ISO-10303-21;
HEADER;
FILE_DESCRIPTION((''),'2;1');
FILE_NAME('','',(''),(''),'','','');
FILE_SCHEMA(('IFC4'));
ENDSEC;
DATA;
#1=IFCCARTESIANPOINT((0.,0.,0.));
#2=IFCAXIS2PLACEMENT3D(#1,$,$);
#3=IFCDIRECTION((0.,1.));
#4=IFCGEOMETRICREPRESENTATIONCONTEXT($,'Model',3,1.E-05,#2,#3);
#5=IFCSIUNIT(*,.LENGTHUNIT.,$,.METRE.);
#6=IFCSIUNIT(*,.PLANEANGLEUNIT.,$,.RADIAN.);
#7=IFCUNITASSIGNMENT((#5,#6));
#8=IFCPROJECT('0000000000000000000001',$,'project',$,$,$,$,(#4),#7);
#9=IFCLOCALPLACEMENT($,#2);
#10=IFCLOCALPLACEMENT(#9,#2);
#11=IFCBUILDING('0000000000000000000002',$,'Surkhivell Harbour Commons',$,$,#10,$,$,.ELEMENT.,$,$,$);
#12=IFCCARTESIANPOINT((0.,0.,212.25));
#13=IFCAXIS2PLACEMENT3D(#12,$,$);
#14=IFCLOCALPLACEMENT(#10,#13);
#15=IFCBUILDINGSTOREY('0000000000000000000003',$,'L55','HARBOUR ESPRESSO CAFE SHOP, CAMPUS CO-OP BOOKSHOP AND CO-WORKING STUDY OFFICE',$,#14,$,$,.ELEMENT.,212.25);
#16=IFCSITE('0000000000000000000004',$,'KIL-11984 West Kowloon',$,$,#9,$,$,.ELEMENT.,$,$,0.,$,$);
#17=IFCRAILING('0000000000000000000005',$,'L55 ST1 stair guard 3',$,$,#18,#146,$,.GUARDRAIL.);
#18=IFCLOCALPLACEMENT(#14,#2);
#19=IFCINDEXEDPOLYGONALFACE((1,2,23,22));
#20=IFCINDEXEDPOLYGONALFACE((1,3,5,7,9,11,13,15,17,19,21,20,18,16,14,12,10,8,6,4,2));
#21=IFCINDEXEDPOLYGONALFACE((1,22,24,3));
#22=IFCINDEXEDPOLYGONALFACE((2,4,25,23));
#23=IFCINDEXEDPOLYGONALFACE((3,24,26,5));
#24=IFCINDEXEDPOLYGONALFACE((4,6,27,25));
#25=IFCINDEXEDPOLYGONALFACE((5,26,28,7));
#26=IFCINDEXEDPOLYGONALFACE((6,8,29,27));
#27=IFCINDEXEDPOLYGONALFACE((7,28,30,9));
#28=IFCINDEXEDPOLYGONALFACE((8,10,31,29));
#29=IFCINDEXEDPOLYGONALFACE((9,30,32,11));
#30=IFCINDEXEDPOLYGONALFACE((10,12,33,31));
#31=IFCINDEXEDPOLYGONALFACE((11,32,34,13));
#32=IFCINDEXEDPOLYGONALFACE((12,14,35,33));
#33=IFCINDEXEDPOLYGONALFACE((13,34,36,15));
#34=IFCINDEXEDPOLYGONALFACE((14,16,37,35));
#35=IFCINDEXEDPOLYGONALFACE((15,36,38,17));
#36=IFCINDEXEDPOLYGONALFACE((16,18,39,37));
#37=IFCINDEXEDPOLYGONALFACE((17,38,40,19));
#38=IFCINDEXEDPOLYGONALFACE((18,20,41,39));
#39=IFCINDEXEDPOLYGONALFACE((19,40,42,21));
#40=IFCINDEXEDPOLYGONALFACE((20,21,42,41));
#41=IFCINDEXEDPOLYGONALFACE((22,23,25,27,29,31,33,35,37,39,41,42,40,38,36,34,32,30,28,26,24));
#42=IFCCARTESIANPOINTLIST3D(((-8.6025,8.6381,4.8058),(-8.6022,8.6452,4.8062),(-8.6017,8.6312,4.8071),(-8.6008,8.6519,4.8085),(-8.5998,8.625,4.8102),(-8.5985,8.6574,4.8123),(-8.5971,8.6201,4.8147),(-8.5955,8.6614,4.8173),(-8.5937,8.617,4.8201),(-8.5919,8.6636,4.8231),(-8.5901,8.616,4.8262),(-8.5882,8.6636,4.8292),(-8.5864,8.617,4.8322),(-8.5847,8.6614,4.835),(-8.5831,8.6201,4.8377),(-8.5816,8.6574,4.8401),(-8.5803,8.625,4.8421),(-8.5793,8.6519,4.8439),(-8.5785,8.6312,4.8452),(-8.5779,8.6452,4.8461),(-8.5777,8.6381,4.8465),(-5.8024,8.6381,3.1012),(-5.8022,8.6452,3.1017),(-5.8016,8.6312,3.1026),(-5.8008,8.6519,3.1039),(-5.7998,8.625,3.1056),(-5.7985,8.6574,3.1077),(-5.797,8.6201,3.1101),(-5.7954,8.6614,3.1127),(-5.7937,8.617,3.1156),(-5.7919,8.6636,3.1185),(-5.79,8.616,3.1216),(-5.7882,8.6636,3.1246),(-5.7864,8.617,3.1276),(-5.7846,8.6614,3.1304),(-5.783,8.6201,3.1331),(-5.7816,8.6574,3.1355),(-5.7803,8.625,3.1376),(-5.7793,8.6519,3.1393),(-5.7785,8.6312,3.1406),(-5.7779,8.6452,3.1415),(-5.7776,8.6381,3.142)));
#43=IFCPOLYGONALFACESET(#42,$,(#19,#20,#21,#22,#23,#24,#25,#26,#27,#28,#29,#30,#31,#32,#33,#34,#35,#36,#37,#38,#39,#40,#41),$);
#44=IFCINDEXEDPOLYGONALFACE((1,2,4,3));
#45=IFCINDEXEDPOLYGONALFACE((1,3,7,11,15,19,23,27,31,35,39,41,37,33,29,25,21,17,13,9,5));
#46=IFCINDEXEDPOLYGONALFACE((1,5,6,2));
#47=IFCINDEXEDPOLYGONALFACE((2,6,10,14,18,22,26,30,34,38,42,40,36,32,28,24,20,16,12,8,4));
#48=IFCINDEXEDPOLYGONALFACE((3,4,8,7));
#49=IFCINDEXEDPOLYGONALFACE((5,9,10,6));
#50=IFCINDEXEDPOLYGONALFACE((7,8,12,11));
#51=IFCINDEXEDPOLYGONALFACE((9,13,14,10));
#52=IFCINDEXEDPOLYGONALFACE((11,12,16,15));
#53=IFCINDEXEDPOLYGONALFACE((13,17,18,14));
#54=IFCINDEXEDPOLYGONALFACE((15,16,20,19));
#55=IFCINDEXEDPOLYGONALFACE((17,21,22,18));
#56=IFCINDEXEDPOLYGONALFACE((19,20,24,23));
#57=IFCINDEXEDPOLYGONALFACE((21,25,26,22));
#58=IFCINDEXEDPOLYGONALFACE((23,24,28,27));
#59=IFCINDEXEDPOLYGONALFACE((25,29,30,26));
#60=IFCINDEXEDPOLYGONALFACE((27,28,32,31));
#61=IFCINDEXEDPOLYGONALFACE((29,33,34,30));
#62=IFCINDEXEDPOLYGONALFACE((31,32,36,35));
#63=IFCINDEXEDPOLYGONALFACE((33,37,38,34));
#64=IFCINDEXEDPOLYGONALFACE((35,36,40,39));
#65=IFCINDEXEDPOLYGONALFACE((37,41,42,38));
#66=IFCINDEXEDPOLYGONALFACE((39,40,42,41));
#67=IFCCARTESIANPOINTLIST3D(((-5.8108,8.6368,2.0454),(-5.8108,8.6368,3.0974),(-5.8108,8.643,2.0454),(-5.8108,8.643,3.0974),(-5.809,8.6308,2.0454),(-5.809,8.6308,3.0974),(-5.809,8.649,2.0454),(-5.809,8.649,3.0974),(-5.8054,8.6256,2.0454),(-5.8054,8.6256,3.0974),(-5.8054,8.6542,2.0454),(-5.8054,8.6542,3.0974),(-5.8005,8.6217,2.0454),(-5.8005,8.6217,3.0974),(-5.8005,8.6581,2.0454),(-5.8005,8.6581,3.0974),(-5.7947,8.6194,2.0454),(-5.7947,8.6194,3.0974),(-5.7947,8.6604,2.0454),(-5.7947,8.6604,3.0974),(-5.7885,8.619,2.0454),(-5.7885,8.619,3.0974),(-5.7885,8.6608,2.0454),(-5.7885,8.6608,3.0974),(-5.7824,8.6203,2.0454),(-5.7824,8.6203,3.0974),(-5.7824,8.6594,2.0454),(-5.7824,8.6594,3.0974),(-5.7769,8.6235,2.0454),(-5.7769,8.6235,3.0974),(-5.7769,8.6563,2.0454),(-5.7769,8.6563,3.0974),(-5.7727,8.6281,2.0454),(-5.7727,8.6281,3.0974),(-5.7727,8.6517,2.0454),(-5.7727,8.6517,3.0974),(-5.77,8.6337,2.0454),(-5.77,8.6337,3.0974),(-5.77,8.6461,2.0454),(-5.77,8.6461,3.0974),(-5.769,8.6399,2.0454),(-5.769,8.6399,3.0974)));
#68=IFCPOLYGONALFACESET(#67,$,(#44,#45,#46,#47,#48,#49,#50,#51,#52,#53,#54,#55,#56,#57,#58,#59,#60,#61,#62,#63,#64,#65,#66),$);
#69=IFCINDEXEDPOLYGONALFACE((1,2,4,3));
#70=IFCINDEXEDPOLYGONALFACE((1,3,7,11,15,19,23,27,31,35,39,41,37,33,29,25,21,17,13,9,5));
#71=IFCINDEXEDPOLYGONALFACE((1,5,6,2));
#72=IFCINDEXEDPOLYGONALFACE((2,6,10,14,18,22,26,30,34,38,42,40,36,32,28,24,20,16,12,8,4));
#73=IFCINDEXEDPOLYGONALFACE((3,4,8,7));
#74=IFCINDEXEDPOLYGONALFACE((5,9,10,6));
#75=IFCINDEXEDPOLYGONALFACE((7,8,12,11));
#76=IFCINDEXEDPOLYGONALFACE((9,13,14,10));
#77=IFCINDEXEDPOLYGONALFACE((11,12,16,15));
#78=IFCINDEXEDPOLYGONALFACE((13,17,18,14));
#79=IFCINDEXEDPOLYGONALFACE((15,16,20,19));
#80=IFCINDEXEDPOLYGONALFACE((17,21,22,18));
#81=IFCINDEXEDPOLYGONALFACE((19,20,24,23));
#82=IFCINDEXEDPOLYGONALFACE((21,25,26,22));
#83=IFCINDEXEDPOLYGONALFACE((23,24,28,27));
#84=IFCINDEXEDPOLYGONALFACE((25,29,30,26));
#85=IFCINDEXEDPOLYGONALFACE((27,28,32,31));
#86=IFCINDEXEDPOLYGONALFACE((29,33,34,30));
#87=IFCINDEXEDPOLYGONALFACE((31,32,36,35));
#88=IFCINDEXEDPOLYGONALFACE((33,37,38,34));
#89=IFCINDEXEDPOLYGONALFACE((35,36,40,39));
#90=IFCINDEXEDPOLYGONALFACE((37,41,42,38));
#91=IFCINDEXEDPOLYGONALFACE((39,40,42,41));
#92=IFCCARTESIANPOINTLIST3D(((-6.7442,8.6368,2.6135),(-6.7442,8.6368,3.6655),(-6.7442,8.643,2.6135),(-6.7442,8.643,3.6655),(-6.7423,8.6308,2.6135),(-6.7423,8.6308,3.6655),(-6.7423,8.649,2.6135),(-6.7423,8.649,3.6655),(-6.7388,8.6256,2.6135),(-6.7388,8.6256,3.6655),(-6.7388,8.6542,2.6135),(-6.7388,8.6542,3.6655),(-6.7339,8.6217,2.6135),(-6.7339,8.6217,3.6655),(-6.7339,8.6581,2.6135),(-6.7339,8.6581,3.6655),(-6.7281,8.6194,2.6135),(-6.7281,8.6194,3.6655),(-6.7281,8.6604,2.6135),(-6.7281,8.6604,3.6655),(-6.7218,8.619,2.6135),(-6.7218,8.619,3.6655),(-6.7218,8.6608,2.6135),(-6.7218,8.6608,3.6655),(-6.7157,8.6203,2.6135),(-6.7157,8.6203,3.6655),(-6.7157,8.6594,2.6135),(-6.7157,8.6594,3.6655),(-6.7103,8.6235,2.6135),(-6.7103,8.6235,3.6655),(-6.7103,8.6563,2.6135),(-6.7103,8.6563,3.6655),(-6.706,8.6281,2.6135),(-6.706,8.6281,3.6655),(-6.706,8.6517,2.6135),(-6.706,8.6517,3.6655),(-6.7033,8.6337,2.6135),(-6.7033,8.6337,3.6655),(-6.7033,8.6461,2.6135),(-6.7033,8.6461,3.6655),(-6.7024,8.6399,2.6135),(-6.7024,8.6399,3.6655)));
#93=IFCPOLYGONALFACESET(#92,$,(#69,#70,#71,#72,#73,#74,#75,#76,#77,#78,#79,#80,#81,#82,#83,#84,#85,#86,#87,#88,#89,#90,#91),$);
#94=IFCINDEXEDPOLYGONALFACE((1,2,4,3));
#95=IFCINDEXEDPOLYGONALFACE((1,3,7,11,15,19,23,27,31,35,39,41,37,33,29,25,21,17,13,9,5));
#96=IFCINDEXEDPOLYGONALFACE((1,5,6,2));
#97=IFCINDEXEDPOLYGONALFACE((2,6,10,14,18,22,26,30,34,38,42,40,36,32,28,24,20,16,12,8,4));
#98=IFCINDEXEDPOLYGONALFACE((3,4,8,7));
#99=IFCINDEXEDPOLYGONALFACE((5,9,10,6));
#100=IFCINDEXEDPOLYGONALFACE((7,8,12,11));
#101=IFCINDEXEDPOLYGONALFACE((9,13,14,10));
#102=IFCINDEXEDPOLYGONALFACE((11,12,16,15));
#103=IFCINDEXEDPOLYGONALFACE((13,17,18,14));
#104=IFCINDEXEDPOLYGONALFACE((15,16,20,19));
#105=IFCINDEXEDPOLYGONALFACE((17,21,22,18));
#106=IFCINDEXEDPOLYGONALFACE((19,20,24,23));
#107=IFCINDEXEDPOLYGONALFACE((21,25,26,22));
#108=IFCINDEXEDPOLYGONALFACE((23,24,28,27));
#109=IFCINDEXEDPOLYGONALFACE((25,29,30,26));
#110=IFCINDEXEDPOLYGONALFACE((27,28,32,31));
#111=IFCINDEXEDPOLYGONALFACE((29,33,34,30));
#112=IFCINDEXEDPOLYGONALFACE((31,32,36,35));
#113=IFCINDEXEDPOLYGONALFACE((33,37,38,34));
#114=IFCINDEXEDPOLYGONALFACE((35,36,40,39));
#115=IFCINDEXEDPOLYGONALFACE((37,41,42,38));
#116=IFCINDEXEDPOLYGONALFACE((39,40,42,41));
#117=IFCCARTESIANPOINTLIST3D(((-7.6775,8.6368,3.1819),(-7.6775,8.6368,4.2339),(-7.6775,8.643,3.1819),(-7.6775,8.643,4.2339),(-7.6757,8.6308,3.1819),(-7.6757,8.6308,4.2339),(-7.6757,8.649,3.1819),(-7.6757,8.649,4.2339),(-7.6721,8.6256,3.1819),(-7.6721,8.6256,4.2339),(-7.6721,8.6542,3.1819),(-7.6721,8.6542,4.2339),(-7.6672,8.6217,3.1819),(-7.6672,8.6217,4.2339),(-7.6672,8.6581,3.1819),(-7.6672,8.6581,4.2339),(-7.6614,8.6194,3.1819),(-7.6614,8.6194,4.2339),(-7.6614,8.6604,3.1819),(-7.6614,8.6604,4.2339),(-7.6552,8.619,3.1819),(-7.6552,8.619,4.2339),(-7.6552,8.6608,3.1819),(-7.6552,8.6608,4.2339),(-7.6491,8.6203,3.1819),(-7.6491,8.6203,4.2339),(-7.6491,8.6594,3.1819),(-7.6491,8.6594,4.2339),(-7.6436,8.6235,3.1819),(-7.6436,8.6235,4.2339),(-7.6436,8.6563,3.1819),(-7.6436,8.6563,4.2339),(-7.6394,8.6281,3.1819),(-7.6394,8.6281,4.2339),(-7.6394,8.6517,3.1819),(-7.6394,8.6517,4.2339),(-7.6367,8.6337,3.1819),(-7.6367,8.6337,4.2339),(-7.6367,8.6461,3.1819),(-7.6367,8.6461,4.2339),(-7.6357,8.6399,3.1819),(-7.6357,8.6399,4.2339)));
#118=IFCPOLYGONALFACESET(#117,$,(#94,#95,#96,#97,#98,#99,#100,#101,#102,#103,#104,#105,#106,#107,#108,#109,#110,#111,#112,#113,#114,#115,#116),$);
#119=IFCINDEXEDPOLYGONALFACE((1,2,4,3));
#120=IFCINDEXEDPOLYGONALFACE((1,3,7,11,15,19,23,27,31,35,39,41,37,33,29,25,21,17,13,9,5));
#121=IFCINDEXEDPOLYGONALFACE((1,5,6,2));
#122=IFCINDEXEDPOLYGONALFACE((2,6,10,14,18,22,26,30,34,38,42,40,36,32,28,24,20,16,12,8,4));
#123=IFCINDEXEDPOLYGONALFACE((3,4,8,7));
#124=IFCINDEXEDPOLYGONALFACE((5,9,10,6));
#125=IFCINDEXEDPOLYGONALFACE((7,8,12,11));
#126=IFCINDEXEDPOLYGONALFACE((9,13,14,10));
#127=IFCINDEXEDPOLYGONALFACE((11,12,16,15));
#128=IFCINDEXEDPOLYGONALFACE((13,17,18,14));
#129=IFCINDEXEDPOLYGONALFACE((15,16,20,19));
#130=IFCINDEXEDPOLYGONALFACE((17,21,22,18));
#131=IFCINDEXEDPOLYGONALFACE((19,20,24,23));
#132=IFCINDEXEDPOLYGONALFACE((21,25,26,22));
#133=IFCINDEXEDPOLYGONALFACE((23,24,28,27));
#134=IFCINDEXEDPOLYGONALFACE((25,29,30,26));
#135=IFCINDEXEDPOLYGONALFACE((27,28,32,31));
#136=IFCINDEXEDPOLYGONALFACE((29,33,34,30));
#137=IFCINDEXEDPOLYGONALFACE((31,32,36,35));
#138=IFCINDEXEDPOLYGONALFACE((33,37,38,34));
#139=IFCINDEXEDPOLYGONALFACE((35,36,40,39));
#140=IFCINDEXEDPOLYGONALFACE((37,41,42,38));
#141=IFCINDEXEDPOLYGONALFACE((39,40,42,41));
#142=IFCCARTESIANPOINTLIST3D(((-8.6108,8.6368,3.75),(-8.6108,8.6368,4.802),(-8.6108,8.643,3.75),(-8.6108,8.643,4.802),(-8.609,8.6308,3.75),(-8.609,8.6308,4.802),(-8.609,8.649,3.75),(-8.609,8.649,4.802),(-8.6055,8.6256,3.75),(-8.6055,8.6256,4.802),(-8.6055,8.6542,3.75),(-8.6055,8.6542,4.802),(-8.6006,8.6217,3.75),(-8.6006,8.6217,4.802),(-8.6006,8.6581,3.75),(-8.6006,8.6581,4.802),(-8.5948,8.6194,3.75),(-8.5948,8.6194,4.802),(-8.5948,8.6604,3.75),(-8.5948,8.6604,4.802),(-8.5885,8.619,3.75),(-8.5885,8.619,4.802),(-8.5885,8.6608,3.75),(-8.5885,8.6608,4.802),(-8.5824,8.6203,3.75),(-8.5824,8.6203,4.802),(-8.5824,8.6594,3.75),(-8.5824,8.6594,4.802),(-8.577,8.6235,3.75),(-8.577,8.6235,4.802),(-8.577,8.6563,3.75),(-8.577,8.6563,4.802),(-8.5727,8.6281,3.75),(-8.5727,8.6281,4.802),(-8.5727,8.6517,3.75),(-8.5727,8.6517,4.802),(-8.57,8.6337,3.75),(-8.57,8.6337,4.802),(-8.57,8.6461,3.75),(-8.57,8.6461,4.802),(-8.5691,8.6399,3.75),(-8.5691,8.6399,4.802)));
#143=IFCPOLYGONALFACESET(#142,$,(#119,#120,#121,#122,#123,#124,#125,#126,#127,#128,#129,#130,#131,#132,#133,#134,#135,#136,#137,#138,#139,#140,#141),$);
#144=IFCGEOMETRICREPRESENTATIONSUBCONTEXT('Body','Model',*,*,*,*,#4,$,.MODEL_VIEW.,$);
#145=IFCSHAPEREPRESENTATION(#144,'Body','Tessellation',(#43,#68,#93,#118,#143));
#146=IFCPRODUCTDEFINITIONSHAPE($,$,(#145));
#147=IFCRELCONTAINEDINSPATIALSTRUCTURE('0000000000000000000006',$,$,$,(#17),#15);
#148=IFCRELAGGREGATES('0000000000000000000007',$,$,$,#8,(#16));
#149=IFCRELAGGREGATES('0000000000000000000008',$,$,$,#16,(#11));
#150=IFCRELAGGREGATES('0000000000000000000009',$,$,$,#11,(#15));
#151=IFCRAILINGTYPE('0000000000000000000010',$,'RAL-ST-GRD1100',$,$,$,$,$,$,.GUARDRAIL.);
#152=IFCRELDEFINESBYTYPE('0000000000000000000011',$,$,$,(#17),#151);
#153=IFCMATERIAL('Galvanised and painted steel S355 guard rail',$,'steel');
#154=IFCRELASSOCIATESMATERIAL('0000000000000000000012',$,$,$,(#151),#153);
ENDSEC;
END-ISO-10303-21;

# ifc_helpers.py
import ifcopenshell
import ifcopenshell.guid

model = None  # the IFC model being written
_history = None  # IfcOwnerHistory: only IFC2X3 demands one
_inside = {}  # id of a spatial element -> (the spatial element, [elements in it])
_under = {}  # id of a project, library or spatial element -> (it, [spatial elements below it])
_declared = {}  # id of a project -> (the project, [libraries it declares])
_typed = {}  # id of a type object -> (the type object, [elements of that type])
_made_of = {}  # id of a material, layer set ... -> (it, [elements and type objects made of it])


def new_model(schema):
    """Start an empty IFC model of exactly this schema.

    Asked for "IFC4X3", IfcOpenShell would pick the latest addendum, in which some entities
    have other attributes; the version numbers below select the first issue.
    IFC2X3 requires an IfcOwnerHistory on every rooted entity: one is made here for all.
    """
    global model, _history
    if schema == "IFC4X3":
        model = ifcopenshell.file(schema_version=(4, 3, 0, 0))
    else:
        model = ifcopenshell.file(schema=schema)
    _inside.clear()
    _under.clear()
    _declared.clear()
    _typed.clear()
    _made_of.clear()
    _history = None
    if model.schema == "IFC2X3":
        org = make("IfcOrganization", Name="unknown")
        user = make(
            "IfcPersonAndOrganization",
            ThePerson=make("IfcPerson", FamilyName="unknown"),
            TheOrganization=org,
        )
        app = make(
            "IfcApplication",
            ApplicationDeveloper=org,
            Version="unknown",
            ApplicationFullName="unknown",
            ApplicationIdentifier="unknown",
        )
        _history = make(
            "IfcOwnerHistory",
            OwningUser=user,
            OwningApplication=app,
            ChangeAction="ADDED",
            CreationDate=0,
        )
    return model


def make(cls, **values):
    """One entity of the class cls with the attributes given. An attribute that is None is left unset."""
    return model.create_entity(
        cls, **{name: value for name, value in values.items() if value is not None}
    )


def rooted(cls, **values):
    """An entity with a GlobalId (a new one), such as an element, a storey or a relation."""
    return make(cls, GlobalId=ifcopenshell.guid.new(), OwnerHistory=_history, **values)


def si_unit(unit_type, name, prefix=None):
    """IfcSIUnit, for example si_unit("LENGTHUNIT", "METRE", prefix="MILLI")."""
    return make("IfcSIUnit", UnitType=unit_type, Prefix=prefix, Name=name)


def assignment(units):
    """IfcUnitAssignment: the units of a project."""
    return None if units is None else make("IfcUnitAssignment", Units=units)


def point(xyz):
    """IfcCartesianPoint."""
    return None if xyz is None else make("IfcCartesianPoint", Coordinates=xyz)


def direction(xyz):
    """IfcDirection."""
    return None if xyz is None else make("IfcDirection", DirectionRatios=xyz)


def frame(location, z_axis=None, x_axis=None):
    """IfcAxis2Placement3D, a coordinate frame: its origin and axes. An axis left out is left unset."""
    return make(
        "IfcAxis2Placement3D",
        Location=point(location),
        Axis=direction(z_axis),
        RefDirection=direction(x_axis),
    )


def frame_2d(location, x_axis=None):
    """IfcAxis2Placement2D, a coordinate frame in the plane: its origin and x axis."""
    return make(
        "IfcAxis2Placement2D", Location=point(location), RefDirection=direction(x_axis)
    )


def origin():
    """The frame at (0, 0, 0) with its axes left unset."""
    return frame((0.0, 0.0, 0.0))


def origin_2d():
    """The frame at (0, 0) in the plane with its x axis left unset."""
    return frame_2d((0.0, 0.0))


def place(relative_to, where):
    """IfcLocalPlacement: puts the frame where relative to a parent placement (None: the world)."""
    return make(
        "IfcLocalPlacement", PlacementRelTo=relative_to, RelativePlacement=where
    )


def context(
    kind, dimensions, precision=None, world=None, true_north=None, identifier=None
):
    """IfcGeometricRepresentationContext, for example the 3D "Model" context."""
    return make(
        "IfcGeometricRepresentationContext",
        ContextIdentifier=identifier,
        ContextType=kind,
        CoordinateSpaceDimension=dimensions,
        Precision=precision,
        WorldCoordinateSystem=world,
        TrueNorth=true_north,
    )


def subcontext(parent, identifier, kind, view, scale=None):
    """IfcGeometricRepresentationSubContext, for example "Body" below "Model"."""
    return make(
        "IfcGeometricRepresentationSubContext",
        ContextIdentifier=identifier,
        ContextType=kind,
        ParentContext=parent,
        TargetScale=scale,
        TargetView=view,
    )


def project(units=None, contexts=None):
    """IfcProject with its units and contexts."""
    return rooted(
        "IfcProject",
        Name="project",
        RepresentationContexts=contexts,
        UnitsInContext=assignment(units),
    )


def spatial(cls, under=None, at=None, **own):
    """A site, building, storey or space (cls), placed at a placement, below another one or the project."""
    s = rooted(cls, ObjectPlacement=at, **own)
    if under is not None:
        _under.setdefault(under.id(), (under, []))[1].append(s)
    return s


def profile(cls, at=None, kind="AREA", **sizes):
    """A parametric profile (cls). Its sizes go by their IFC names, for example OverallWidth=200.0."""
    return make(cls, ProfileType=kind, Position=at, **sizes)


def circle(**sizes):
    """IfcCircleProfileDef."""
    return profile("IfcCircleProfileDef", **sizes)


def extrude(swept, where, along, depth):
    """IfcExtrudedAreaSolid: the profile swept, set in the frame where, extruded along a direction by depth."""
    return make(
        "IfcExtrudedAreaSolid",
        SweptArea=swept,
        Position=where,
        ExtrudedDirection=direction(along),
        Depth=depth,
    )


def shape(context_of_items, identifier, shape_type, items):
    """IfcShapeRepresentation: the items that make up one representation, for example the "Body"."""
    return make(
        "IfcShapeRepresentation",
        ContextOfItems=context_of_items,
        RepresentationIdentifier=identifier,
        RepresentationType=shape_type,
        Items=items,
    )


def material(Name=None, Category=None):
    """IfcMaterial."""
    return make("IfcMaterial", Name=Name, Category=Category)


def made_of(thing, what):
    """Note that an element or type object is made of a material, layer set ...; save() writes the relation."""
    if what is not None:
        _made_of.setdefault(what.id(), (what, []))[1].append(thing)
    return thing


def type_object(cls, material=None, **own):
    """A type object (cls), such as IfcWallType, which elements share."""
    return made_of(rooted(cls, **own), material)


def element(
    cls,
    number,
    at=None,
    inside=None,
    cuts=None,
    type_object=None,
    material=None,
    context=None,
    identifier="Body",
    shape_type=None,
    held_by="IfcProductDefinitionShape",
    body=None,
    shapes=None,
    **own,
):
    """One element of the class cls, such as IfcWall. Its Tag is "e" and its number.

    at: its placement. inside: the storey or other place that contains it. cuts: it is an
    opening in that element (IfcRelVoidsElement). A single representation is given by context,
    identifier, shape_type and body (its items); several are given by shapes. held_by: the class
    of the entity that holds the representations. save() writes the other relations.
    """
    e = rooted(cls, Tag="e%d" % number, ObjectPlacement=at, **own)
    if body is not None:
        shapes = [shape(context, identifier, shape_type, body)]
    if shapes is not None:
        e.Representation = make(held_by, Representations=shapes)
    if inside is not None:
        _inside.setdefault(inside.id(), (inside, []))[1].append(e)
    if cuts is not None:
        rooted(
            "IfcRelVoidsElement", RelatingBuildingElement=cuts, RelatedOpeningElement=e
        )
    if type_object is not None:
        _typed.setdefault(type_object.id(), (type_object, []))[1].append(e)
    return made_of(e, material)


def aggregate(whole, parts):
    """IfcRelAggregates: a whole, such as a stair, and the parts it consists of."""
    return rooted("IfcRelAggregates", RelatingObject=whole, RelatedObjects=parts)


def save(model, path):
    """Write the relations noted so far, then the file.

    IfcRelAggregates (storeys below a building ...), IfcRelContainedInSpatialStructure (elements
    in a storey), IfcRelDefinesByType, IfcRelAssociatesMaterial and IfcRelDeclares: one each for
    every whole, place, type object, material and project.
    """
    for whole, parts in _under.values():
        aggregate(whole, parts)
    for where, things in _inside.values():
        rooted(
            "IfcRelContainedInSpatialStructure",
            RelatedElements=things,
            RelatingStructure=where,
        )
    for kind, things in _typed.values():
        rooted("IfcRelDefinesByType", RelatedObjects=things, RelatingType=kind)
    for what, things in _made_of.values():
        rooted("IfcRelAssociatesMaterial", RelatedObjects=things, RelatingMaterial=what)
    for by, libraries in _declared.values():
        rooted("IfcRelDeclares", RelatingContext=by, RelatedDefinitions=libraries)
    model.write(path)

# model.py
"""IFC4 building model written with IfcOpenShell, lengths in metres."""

from ifc_helpers import new_model, si_unit, direction, frame, origin, origin_2d, place, context, subcontext, project, spatial, circle, extrude, material, type_object, element, save


model = new_model("IFC4")

# Units and contexts
model_context = context("Model", 3, precision=1e-05, world=origin(), true_north=direction((0.0, 1.0)))
body_context = subcontext(model_context, "Body", "Model", "MODEL_VIEW")
ifc_project = project(units=[si_unit("LENGTHUNIT", "METRE"), si_unit("PLANEANGLEUNIT", "RADIAN")], contexts=[model_context])

# Site, building, storey
site_placement = place(None, origin())
site = spatial("IfcSite", under=ifc_project, at=site_placement, Name="KIL-11984 West Kowloon", CompositionType="ELEMENT", RefElevation=0.0)
building_placement = place(site_placement, origin())
building = spatial("IfcBuilding", under=site, at=building_placement, Name="Surkhivell Harbour Commons", CompositionType="ELEMENT")
storey_placement = place(building_placement, frame((0.0, 0.0, 212.25)))
storey = spatial("IfcBuildingStorey", under=building, at=storey_placement, Name="L55", Description="HARBOUR ESPRESSO CAFE SHOP, CAMPUS CO-OP BOOKSHOP AND CO-WORKING STUDY OFFICE", CompositionType="ELEMENT", Elevation=212.25)

# Railing
ifc_material_1 = material(Name="Galvanised and painted steel S355 guard rail", Category="steel")
railing_type_1 = type_object("IfcRailingType", Name="RAL-ST-GRD1100", PredefinedType="GUARDRAIL", material=ifc_material_1)
railing_1_placement = place(storey_placement, frame((-5.79, 8.6399, 2.0454)))
element("IfcRailing", 1, at=railing_1_placement, inside=storey, type_object=railing_type_1, Name="L55 ST1 stair guard 3", PredefinedType="GUARDRAIL", context=body_context, shape_type="SweptSolid", body=[
    extrude(circle(Radius=0.0239, at=origin_2d()), frame((0.0, 0.0, 1.0762), z_axis=(-0.85417, 0.0, 0.519994), x_axis=(0.0, -1.0, 0.0)), (0.0, 0.0, 1.0), 3.2781),
    extrude(circle(Radius=0.021, at=origin_2d()), origin(), (0.0, 0.0, 1.0), 1.052),
    extrude(circle(Radius=0.021, at=origin_2d()), frame((-0.9333, 0.0, 0.5681)), (0.0, 0.0, 1.0), 1.052),
    extrude(circle(Radius=0.021, at=origin_2d()), frame((-1.8667, 0.0, 1.1365)), (0.0, 0.0, 1.0), 1.052),
    extrude(circle(Radius=0.021, at=origin_2d()), frame((-2.8, 0.0, 1.7046)), (0.0, 0.0, 1.0), 1.052),
])

save(model, "model.ifc")
